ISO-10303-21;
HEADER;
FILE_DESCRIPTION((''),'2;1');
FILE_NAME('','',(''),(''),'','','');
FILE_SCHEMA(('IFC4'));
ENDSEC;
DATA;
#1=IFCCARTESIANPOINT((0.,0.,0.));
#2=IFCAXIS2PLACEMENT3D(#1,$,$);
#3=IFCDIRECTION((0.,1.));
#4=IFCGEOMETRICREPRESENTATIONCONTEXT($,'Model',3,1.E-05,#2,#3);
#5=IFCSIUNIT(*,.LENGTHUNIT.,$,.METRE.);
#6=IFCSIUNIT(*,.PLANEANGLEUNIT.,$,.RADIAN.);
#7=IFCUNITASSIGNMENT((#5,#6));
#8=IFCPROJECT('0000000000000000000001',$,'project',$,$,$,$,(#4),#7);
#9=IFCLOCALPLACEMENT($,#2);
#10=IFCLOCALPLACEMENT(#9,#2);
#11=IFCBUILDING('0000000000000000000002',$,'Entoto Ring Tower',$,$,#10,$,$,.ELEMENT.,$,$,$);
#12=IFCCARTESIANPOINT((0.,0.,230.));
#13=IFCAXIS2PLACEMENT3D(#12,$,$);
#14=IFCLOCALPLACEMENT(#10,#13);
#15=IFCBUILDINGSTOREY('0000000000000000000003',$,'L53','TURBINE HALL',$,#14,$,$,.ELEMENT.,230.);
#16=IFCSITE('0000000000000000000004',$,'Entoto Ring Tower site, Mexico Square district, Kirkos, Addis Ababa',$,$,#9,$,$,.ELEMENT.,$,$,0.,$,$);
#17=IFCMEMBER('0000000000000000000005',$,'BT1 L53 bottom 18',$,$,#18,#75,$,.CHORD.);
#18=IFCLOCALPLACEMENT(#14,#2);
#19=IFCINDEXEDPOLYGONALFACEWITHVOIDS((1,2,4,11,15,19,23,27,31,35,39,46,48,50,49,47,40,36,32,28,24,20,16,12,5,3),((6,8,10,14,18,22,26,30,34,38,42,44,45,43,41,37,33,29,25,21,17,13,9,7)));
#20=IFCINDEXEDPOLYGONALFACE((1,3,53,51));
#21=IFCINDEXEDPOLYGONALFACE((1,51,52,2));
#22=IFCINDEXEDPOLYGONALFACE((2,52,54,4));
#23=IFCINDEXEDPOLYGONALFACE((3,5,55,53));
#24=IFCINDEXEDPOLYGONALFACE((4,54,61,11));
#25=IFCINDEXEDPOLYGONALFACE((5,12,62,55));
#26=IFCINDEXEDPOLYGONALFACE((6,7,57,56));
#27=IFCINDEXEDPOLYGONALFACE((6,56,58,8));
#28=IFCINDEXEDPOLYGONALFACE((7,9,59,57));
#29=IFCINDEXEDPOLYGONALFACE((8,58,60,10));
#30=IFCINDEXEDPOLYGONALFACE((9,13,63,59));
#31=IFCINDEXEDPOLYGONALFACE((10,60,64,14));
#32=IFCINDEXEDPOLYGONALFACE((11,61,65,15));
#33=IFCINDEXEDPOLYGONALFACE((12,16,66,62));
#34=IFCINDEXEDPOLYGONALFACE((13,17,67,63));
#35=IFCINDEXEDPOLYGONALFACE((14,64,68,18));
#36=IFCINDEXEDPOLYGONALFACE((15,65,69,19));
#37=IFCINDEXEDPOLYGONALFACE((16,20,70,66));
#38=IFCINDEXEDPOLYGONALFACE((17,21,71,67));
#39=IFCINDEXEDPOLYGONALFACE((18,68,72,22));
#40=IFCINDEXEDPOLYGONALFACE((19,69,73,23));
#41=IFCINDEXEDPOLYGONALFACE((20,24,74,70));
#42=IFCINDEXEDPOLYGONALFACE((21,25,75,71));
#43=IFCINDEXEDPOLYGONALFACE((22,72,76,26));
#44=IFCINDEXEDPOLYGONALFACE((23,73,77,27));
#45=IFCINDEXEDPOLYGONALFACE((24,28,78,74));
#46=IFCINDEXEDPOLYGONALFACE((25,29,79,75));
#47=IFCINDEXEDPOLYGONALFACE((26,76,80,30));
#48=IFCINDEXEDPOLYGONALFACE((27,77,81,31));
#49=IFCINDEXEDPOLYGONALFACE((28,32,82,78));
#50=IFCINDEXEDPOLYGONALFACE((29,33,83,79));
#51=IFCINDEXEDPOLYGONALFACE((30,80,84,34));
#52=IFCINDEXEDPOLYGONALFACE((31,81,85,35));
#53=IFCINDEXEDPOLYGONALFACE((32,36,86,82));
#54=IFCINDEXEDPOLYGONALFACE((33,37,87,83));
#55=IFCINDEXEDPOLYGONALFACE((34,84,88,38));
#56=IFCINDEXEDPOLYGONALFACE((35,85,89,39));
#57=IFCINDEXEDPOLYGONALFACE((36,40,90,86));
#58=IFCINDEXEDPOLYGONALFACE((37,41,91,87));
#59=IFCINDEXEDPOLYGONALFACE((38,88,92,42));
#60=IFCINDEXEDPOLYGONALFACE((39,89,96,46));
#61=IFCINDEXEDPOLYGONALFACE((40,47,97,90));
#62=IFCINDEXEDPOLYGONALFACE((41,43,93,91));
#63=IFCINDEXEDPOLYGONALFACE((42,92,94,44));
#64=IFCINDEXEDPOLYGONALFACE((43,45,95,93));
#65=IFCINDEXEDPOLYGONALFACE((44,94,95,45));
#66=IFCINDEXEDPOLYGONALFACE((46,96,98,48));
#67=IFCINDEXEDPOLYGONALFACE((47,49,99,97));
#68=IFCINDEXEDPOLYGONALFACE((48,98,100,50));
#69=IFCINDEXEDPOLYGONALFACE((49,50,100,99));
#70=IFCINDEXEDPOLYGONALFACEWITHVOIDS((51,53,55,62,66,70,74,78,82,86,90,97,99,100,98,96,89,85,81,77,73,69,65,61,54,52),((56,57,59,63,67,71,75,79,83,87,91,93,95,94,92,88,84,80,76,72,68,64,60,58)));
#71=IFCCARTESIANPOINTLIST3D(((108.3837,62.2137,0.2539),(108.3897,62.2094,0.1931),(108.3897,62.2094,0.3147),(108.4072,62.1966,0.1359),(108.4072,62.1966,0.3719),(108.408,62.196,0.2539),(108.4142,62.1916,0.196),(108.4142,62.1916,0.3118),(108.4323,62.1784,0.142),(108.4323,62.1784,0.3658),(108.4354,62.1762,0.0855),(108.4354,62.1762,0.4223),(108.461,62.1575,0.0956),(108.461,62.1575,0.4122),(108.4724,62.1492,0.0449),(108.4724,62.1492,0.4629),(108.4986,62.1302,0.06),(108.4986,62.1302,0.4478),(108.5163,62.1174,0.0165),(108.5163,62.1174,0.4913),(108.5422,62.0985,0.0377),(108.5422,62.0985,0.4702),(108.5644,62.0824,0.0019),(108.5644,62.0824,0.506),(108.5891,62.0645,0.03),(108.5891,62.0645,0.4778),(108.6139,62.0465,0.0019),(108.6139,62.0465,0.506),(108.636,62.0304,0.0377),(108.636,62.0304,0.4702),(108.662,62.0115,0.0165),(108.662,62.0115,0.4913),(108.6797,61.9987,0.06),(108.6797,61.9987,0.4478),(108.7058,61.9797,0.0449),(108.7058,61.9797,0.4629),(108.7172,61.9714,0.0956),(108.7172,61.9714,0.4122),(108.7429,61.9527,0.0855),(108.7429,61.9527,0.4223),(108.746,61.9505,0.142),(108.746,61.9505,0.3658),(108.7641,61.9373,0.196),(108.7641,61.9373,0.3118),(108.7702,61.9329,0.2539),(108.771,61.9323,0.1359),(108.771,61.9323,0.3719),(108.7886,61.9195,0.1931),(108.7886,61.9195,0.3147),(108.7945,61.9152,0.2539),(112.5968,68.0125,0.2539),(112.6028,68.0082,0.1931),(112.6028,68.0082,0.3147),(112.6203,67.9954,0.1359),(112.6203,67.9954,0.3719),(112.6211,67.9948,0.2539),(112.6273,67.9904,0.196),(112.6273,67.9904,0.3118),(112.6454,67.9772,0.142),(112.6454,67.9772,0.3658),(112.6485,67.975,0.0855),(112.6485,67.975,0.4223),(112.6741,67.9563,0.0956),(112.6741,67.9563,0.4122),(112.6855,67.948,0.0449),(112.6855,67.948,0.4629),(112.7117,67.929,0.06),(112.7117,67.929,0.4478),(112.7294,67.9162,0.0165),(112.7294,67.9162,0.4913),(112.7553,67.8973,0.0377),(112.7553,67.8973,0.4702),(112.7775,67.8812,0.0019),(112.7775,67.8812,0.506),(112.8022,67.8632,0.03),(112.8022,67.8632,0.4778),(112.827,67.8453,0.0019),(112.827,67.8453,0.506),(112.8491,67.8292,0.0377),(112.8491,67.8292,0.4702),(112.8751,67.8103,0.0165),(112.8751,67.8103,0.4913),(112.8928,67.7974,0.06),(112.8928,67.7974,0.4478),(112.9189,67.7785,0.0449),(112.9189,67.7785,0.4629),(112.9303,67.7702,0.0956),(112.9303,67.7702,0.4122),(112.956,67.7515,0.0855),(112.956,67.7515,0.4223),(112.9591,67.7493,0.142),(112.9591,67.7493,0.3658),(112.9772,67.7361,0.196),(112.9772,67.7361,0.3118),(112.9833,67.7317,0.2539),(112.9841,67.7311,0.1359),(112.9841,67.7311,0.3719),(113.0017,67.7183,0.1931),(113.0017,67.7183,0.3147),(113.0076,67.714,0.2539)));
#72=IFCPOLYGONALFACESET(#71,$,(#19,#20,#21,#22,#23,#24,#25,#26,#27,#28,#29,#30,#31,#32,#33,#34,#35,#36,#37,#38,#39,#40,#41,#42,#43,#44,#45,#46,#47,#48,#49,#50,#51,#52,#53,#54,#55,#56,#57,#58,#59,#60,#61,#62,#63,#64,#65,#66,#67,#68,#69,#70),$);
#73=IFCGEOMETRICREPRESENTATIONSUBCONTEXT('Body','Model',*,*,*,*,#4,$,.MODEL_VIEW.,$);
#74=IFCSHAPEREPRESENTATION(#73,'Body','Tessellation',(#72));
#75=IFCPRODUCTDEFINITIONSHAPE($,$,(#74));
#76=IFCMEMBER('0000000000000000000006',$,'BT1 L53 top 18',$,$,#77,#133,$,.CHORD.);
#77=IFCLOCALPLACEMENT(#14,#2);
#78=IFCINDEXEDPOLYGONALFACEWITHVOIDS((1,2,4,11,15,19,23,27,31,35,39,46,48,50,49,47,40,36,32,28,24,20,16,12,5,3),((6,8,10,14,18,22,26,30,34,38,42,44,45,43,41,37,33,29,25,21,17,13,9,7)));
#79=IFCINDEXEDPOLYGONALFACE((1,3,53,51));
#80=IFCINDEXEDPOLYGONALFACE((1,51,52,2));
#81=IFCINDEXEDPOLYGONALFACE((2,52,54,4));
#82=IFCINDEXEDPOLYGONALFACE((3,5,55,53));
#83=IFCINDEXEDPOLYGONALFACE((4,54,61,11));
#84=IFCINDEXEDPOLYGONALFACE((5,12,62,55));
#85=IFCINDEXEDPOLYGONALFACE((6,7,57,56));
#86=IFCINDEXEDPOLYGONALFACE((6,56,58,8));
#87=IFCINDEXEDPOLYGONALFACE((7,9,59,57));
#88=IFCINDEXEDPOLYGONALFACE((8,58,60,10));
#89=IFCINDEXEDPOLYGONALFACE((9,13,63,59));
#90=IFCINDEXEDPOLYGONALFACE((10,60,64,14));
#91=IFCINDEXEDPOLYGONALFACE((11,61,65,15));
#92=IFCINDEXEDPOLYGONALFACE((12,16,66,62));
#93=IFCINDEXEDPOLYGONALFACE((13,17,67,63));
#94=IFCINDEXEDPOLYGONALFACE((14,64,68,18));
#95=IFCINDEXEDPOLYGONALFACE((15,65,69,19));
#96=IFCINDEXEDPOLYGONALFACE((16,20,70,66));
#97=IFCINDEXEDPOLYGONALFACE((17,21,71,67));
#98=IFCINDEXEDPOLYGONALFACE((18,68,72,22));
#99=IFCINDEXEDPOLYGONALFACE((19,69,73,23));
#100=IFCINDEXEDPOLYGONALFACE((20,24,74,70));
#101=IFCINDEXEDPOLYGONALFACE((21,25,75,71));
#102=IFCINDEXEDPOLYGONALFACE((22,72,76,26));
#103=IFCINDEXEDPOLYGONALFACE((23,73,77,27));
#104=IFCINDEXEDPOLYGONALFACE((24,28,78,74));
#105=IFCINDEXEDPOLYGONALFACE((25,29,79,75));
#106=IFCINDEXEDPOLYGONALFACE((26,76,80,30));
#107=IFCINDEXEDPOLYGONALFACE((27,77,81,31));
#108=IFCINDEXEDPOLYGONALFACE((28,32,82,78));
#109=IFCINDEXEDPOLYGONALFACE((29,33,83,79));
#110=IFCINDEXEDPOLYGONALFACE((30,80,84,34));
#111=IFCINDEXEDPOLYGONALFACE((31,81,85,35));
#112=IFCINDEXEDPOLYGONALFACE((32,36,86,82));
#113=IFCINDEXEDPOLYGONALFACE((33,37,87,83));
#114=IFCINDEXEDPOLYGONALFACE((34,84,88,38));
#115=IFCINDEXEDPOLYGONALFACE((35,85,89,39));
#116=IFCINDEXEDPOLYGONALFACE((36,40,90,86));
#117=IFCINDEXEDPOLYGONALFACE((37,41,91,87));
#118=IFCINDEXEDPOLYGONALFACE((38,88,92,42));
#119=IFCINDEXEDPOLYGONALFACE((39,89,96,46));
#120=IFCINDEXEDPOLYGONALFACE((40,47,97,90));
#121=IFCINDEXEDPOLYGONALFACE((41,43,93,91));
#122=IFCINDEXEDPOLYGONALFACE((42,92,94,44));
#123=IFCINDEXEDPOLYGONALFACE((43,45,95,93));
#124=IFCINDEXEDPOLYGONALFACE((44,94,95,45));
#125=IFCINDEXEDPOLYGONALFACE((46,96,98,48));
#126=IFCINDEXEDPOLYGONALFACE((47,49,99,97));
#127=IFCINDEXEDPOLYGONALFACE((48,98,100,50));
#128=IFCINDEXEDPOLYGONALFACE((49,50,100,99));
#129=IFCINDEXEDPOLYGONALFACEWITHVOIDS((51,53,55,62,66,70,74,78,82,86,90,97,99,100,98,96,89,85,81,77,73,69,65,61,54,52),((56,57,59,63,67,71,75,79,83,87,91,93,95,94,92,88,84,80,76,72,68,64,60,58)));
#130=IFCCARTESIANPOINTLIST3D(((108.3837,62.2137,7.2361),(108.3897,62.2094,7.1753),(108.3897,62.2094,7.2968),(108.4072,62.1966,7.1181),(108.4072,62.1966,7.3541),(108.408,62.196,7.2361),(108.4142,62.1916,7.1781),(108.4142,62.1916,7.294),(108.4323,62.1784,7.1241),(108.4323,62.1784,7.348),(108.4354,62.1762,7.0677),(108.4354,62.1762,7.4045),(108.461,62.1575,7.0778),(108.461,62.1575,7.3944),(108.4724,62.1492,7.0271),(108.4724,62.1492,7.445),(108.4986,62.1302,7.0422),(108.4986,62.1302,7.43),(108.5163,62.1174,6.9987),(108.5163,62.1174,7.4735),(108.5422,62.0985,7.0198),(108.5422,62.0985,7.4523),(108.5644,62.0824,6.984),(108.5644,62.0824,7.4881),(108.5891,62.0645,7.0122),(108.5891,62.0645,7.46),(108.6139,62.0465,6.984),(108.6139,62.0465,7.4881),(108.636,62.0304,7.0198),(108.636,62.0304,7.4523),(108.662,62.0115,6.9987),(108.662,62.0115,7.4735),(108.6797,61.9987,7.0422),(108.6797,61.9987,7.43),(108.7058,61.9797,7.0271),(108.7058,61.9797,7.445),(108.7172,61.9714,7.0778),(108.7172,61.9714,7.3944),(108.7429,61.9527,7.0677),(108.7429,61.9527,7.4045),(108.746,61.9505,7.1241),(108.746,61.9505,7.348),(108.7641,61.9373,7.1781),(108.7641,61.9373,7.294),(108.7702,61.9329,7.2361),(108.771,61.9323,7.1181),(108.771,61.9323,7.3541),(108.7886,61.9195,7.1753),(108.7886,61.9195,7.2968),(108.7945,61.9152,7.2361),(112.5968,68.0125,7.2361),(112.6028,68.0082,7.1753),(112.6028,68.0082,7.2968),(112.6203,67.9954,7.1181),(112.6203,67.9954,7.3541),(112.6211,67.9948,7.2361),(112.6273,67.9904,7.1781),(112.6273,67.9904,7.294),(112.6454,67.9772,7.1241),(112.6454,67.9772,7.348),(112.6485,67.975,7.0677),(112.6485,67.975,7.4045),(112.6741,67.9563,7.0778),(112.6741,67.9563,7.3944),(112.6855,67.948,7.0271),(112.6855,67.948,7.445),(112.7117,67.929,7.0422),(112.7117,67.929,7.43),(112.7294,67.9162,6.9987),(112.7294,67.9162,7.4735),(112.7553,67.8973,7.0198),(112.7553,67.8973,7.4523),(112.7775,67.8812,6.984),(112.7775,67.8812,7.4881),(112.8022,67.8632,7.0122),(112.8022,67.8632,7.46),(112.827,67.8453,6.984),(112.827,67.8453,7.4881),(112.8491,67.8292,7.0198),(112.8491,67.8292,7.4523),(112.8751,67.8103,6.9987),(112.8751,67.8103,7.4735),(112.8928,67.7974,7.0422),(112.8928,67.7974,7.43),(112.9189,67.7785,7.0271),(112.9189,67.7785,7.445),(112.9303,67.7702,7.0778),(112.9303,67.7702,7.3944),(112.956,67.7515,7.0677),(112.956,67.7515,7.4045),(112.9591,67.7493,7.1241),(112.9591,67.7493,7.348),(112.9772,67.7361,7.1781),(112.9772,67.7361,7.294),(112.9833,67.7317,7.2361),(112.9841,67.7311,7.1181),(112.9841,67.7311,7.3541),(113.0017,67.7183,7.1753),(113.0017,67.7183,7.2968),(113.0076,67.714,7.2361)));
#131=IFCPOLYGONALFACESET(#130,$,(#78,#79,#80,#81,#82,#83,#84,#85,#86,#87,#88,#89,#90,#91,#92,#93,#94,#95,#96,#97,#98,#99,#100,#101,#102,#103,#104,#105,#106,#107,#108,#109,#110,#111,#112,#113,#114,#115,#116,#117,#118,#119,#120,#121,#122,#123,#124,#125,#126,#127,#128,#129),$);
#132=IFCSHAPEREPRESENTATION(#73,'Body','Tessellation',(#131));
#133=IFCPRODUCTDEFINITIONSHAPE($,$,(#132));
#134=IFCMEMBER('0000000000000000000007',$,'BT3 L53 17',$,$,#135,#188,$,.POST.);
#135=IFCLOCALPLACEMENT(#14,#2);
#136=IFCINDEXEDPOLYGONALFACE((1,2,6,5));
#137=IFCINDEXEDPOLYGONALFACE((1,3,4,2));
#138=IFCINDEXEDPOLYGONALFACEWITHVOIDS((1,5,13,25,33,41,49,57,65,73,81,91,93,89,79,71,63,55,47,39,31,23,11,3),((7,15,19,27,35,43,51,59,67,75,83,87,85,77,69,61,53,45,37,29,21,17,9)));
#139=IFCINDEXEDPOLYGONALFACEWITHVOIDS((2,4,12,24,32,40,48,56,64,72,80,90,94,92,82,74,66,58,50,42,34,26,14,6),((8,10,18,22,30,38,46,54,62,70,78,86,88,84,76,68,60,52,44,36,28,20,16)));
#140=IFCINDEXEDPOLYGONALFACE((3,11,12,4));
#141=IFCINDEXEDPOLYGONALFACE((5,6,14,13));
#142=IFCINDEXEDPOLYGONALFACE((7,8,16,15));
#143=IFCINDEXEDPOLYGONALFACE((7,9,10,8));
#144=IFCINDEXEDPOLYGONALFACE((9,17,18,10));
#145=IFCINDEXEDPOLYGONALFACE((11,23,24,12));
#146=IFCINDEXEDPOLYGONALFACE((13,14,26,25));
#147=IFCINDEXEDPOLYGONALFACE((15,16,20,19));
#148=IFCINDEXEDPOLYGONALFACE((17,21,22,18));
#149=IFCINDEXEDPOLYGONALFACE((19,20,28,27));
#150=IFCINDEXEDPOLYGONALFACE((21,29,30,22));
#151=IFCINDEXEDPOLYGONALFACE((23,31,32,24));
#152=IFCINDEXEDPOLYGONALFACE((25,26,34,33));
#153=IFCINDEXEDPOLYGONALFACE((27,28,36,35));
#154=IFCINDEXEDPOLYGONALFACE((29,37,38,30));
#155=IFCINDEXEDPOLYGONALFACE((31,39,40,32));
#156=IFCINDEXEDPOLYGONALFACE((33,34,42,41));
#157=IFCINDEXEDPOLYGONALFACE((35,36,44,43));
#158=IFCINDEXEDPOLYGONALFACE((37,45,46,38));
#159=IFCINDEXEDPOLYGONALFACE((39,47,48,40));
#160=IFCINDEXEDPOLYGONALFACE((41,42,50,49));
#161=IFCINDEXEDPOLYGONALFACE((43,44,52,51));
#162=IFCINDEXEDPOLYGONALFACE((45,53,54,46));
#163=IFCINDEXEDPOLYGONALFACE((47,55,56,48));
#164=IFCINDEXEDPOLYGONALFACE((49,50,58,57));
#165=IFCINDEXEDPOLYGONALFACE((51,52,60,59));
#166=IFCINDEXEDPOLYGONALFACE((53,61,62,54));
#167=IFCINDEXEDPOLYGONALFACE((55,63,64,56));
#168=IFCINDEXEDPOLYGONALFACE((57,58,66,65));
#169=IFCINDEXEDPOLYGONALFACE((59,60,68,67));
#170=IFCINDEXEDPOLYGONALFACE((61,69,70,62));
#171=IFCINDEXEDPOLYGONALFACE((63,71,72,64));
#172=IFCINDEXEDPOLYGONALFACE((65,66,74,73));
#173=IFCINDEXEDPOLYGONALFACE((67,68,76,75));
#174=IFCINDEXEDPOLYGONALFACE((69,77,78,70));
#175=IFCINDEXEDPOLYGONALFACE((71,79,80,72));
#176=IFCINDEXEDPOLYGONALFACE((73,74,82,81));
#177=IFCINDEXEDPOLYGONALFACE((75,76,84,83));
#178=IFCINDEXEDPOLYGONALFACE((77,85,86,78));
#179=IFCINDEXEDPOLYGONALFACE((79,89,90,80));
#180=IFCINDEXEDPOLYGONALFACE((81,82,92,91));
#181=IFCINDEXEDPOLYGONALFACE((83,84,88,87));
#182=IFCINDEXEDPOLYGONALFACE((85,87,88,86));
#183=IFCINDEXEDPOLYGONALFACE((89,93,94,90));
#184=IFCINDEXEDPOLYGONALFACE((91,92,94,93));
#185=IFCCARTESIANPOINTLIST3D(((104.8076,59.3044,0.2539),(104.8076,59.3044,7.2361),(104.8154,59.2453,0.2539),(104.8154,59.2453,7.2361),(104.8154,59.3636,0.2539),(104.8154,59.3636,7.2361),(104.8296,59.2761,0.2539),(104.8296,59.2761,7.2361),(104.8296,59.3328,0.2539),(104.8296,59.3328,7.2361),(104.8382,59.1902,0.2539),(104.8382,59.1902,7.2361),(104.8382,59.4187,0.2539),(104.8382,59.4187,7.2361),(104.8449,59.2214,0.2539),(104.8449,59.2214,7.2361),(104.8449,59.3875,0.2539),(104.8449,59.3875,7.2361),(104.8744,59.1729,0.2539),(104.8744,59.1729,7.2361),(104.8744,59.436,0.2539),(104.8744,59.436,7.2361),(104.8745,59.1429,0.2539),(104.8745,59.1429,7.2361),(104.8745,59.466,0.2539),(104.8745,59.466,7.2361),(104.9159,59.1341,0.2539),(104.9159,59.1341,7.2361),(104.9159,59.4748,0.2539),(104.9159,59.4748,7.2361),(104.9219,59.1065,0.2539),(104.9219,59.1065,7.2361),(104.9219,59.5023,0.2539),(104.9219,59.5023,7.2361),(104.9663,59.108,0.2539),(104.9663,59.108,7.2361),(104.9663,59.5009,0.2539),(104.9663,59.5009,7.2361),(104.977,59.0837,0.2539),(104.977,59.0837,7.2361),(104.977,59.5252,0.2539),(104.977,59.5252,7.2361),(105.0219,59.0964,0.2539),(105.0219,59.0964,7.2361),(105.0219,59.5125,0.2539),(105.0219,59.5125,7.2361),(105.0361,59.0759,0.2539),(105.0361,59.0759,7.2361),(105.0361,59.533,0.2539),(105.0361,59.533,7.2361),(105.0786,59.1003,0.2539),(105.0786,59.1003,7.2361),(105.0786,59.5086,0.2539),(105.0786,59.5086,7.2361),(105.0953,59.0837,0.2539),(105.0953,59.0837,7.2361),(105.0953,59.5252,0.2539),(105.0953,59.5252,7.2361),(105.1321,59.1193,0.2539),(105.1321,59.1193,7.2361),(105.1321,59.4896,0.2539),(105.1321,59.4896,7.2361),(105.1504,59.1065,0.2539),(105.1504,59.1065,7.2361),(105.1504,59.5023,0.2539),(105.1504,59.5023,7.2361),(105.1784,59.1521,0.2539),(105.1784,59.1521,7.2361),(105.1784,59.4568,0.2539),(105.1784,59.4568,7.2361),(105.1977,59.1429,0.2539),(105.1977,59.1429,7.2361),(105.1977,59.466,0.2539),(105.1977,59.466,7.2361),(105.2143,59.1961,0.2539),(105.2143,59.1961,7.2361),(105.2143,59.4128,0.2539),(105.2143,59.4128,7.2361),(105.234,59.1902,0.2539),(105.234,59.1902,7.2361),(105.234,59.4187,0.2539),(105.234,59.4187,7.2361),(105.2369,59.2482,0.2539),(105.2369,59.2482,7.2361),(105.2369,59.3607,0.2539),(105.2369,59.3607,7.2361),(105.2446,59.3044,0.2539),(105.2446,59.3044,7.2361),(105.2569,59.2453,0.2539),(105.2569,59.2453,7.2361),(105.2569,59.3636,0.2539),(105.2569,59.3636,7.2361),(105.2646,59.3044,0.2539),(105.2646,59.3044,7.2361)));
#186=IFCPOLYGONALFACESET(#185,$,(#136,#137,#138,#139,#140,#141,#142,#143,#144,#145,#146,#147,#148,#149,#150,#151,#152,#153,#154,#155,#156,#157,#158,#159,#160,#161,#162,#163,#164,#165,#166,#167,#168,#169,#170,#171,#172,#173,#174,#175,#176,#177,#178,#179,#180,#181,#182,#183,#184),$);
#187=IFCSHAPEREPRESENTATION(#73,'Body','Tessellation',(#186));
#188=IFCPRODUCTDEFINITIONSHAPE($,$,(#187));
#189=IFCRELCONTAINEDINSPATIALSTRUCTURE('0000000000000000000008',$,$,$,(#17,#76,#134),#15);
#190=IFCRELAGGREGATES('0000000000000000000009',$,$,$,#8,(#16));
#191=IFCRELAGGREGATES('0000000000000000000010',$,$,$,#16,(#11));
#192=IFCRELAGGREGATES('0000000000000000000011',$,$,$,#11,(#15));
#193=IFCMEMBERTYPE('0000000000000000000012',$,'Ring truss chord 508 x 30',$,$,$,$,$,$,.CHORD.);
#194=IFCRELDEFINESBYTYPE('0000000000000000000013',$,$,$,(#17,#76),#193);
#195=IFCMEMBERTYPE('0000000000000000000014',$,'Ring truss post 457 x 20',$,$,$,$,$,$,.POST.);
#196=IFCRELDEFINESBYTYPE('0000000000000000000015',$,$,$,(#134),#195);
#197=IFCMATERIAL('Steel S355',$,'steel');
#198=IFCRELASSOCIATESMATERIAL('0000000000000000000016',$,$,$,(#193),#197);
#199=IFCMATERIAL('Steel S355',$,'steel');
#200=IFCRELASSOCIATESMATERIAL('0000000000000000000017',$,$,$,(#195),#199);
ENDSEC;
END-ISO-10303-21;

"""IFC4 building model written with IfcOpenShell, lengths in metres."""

from ifc_helpers import new_model, si_unit, direction, frame, origin, origin_2d, place, context, subcontext, project, spatial, circle, hollow_circle, extrude, material, material_profile, profile_set, type_object, element, save


model = new_model("IFC4")

# Units and contexts
model_context = context("Model", 3, precision=1e-05, world=origin(), true_north=direction((0.0, 1.0)))
body_context = subcontext(model_context, "Body", "Model", "MODEL_VIEW")
ifc_project = project(units=[si_unit("LENGTHUNIT", "METRE"), si_unit("PLANEANGLEUNIT", "RADIAN")], contexts=[model_context])

# Site, building, storey
site_placement = place(None, origin())
site = spatial("IfcSite", under=ifc_project, at=site_placement, Name="Entoto Ring Tower site, Mexico Square district, Kirkos, Addis Ababa", CompositionType="ELEMENT", RefElevation=0.0)
building_placement = place(site_placement, origin())
building = spatial("IfcBuilding", under=site, at=building_placement, Name="Entoto Ring Tower", CompositionType="ELEMENT")
storey_placement = place(building_placement, frame((0.0, 0.0, 230.0)))
storey = spatial("IfcBuildingStorey", under=building, at=storey_placement, Name="L53", Description="TURBINE HALL", CompositionType="ELEMENT", Elevation=230.0)

# Members
ifc_material_1 = material(Name="Steel S355", Category="steel")
ifc_material_profile_1 = material_profile(ifc_material_1, hollow_circle(Radius=0.2539, WallThickness=0.03, at=origin_2d()), Name="CHS 508 x 30")
ifc_material_2 = material(Name="Concrete C60/75", Category="concrete")
ifc_material_profile_2 = material_profile(ifc_material_2, circle(Radius=0.2241, at=origin_2d()), Name="Concrete C60/75 infill")
ifc_profile_set_1 = profile_set([ifc_material_profile_1, ifc_material_profile_2], Name="Steel S355")
member_type_1 = type_object("IfcMemberType", Name="Ring truss chord 508 x 30", PredefinedType="CHORD", material=ifc_profile_set_1)
for number, where, z_axis, x_axis, name in (
    (1, (108.5891, 62.0645, 0.2539), (0.587789, 0.809014, 0.0), (-0.809014, 0.587789, 0.0), "BT1 L53 bottom 18"),
    (2, (108.5891, 62.0645, 7.2361), (0.587789, 0.809014, 0.0), (-0.809014, 0.587789, 0.0), "BT1 L53 top 18"),
):
    element("IfcMember", number, at=place(storey_placement, frame(where, z_axis=z_axis, x_axis=x_axis)), inside=storey, type_object=member_type_1, Name=name, PredefinedType="CHORD", context=body_context, shape_type="SweptSolid", body=[
        extrude(hollow_circle(Radius=0.2539, WallThickness=0.03, at=origin_2d()), origin(), (0.0, 0.0, 1.0), 7.1677),
    ])
ifc_material_3 = material(Name="Steel S355", Category="steel")
ifc_material_profile_3 = material_profile(ifc_material_3, hollow_circle(Radius=0.2285, WallThickness=0.02, at=origin_2d()), Name="CHS 457 x 20")
ifc_material_4 = material(Name="Concrete C60/75", Category="concrete")
ifc_material_profile_4 = material_profile(ifc_material_4, circle(Radius=0.2085, at=origin_2d()), Name="Concrete C60/75 infill")
ifc_profile_set_2 = profile_set([ifc_material_profile_3, ifc_material_profile_4], Name="Steel S355")
member_type_2 = type_object("IfcMemberType", Name="Ring truss post 457 x 20", PredefinedType="POST", material=ifc_profile_set_2)
for number, where, z_axis, x_axis, name in (
    (3, (105.0361, 59.3044, 0.2539), (0.0, 0.0, 1.0), (1.0, 0.0, 0.0), "BT3 L53 17"),
):
    element("IfcMember", number, at=place(storey_placement, frame(where, z_axis=z_axis, x_axis=x_axis)), inside=storey, type_object=member_type_2, Name=name, PredefinedType="POST", context=body_context, shape_type="SweptSolid", body=[
        extrude(hollow_circle(Radius=0.2285, WallThickness=0.02, at=origin_2d()), origin(), (0.0, 0.0, 1.0), 6.9822),
    ])

save(model, "model.ifc")
